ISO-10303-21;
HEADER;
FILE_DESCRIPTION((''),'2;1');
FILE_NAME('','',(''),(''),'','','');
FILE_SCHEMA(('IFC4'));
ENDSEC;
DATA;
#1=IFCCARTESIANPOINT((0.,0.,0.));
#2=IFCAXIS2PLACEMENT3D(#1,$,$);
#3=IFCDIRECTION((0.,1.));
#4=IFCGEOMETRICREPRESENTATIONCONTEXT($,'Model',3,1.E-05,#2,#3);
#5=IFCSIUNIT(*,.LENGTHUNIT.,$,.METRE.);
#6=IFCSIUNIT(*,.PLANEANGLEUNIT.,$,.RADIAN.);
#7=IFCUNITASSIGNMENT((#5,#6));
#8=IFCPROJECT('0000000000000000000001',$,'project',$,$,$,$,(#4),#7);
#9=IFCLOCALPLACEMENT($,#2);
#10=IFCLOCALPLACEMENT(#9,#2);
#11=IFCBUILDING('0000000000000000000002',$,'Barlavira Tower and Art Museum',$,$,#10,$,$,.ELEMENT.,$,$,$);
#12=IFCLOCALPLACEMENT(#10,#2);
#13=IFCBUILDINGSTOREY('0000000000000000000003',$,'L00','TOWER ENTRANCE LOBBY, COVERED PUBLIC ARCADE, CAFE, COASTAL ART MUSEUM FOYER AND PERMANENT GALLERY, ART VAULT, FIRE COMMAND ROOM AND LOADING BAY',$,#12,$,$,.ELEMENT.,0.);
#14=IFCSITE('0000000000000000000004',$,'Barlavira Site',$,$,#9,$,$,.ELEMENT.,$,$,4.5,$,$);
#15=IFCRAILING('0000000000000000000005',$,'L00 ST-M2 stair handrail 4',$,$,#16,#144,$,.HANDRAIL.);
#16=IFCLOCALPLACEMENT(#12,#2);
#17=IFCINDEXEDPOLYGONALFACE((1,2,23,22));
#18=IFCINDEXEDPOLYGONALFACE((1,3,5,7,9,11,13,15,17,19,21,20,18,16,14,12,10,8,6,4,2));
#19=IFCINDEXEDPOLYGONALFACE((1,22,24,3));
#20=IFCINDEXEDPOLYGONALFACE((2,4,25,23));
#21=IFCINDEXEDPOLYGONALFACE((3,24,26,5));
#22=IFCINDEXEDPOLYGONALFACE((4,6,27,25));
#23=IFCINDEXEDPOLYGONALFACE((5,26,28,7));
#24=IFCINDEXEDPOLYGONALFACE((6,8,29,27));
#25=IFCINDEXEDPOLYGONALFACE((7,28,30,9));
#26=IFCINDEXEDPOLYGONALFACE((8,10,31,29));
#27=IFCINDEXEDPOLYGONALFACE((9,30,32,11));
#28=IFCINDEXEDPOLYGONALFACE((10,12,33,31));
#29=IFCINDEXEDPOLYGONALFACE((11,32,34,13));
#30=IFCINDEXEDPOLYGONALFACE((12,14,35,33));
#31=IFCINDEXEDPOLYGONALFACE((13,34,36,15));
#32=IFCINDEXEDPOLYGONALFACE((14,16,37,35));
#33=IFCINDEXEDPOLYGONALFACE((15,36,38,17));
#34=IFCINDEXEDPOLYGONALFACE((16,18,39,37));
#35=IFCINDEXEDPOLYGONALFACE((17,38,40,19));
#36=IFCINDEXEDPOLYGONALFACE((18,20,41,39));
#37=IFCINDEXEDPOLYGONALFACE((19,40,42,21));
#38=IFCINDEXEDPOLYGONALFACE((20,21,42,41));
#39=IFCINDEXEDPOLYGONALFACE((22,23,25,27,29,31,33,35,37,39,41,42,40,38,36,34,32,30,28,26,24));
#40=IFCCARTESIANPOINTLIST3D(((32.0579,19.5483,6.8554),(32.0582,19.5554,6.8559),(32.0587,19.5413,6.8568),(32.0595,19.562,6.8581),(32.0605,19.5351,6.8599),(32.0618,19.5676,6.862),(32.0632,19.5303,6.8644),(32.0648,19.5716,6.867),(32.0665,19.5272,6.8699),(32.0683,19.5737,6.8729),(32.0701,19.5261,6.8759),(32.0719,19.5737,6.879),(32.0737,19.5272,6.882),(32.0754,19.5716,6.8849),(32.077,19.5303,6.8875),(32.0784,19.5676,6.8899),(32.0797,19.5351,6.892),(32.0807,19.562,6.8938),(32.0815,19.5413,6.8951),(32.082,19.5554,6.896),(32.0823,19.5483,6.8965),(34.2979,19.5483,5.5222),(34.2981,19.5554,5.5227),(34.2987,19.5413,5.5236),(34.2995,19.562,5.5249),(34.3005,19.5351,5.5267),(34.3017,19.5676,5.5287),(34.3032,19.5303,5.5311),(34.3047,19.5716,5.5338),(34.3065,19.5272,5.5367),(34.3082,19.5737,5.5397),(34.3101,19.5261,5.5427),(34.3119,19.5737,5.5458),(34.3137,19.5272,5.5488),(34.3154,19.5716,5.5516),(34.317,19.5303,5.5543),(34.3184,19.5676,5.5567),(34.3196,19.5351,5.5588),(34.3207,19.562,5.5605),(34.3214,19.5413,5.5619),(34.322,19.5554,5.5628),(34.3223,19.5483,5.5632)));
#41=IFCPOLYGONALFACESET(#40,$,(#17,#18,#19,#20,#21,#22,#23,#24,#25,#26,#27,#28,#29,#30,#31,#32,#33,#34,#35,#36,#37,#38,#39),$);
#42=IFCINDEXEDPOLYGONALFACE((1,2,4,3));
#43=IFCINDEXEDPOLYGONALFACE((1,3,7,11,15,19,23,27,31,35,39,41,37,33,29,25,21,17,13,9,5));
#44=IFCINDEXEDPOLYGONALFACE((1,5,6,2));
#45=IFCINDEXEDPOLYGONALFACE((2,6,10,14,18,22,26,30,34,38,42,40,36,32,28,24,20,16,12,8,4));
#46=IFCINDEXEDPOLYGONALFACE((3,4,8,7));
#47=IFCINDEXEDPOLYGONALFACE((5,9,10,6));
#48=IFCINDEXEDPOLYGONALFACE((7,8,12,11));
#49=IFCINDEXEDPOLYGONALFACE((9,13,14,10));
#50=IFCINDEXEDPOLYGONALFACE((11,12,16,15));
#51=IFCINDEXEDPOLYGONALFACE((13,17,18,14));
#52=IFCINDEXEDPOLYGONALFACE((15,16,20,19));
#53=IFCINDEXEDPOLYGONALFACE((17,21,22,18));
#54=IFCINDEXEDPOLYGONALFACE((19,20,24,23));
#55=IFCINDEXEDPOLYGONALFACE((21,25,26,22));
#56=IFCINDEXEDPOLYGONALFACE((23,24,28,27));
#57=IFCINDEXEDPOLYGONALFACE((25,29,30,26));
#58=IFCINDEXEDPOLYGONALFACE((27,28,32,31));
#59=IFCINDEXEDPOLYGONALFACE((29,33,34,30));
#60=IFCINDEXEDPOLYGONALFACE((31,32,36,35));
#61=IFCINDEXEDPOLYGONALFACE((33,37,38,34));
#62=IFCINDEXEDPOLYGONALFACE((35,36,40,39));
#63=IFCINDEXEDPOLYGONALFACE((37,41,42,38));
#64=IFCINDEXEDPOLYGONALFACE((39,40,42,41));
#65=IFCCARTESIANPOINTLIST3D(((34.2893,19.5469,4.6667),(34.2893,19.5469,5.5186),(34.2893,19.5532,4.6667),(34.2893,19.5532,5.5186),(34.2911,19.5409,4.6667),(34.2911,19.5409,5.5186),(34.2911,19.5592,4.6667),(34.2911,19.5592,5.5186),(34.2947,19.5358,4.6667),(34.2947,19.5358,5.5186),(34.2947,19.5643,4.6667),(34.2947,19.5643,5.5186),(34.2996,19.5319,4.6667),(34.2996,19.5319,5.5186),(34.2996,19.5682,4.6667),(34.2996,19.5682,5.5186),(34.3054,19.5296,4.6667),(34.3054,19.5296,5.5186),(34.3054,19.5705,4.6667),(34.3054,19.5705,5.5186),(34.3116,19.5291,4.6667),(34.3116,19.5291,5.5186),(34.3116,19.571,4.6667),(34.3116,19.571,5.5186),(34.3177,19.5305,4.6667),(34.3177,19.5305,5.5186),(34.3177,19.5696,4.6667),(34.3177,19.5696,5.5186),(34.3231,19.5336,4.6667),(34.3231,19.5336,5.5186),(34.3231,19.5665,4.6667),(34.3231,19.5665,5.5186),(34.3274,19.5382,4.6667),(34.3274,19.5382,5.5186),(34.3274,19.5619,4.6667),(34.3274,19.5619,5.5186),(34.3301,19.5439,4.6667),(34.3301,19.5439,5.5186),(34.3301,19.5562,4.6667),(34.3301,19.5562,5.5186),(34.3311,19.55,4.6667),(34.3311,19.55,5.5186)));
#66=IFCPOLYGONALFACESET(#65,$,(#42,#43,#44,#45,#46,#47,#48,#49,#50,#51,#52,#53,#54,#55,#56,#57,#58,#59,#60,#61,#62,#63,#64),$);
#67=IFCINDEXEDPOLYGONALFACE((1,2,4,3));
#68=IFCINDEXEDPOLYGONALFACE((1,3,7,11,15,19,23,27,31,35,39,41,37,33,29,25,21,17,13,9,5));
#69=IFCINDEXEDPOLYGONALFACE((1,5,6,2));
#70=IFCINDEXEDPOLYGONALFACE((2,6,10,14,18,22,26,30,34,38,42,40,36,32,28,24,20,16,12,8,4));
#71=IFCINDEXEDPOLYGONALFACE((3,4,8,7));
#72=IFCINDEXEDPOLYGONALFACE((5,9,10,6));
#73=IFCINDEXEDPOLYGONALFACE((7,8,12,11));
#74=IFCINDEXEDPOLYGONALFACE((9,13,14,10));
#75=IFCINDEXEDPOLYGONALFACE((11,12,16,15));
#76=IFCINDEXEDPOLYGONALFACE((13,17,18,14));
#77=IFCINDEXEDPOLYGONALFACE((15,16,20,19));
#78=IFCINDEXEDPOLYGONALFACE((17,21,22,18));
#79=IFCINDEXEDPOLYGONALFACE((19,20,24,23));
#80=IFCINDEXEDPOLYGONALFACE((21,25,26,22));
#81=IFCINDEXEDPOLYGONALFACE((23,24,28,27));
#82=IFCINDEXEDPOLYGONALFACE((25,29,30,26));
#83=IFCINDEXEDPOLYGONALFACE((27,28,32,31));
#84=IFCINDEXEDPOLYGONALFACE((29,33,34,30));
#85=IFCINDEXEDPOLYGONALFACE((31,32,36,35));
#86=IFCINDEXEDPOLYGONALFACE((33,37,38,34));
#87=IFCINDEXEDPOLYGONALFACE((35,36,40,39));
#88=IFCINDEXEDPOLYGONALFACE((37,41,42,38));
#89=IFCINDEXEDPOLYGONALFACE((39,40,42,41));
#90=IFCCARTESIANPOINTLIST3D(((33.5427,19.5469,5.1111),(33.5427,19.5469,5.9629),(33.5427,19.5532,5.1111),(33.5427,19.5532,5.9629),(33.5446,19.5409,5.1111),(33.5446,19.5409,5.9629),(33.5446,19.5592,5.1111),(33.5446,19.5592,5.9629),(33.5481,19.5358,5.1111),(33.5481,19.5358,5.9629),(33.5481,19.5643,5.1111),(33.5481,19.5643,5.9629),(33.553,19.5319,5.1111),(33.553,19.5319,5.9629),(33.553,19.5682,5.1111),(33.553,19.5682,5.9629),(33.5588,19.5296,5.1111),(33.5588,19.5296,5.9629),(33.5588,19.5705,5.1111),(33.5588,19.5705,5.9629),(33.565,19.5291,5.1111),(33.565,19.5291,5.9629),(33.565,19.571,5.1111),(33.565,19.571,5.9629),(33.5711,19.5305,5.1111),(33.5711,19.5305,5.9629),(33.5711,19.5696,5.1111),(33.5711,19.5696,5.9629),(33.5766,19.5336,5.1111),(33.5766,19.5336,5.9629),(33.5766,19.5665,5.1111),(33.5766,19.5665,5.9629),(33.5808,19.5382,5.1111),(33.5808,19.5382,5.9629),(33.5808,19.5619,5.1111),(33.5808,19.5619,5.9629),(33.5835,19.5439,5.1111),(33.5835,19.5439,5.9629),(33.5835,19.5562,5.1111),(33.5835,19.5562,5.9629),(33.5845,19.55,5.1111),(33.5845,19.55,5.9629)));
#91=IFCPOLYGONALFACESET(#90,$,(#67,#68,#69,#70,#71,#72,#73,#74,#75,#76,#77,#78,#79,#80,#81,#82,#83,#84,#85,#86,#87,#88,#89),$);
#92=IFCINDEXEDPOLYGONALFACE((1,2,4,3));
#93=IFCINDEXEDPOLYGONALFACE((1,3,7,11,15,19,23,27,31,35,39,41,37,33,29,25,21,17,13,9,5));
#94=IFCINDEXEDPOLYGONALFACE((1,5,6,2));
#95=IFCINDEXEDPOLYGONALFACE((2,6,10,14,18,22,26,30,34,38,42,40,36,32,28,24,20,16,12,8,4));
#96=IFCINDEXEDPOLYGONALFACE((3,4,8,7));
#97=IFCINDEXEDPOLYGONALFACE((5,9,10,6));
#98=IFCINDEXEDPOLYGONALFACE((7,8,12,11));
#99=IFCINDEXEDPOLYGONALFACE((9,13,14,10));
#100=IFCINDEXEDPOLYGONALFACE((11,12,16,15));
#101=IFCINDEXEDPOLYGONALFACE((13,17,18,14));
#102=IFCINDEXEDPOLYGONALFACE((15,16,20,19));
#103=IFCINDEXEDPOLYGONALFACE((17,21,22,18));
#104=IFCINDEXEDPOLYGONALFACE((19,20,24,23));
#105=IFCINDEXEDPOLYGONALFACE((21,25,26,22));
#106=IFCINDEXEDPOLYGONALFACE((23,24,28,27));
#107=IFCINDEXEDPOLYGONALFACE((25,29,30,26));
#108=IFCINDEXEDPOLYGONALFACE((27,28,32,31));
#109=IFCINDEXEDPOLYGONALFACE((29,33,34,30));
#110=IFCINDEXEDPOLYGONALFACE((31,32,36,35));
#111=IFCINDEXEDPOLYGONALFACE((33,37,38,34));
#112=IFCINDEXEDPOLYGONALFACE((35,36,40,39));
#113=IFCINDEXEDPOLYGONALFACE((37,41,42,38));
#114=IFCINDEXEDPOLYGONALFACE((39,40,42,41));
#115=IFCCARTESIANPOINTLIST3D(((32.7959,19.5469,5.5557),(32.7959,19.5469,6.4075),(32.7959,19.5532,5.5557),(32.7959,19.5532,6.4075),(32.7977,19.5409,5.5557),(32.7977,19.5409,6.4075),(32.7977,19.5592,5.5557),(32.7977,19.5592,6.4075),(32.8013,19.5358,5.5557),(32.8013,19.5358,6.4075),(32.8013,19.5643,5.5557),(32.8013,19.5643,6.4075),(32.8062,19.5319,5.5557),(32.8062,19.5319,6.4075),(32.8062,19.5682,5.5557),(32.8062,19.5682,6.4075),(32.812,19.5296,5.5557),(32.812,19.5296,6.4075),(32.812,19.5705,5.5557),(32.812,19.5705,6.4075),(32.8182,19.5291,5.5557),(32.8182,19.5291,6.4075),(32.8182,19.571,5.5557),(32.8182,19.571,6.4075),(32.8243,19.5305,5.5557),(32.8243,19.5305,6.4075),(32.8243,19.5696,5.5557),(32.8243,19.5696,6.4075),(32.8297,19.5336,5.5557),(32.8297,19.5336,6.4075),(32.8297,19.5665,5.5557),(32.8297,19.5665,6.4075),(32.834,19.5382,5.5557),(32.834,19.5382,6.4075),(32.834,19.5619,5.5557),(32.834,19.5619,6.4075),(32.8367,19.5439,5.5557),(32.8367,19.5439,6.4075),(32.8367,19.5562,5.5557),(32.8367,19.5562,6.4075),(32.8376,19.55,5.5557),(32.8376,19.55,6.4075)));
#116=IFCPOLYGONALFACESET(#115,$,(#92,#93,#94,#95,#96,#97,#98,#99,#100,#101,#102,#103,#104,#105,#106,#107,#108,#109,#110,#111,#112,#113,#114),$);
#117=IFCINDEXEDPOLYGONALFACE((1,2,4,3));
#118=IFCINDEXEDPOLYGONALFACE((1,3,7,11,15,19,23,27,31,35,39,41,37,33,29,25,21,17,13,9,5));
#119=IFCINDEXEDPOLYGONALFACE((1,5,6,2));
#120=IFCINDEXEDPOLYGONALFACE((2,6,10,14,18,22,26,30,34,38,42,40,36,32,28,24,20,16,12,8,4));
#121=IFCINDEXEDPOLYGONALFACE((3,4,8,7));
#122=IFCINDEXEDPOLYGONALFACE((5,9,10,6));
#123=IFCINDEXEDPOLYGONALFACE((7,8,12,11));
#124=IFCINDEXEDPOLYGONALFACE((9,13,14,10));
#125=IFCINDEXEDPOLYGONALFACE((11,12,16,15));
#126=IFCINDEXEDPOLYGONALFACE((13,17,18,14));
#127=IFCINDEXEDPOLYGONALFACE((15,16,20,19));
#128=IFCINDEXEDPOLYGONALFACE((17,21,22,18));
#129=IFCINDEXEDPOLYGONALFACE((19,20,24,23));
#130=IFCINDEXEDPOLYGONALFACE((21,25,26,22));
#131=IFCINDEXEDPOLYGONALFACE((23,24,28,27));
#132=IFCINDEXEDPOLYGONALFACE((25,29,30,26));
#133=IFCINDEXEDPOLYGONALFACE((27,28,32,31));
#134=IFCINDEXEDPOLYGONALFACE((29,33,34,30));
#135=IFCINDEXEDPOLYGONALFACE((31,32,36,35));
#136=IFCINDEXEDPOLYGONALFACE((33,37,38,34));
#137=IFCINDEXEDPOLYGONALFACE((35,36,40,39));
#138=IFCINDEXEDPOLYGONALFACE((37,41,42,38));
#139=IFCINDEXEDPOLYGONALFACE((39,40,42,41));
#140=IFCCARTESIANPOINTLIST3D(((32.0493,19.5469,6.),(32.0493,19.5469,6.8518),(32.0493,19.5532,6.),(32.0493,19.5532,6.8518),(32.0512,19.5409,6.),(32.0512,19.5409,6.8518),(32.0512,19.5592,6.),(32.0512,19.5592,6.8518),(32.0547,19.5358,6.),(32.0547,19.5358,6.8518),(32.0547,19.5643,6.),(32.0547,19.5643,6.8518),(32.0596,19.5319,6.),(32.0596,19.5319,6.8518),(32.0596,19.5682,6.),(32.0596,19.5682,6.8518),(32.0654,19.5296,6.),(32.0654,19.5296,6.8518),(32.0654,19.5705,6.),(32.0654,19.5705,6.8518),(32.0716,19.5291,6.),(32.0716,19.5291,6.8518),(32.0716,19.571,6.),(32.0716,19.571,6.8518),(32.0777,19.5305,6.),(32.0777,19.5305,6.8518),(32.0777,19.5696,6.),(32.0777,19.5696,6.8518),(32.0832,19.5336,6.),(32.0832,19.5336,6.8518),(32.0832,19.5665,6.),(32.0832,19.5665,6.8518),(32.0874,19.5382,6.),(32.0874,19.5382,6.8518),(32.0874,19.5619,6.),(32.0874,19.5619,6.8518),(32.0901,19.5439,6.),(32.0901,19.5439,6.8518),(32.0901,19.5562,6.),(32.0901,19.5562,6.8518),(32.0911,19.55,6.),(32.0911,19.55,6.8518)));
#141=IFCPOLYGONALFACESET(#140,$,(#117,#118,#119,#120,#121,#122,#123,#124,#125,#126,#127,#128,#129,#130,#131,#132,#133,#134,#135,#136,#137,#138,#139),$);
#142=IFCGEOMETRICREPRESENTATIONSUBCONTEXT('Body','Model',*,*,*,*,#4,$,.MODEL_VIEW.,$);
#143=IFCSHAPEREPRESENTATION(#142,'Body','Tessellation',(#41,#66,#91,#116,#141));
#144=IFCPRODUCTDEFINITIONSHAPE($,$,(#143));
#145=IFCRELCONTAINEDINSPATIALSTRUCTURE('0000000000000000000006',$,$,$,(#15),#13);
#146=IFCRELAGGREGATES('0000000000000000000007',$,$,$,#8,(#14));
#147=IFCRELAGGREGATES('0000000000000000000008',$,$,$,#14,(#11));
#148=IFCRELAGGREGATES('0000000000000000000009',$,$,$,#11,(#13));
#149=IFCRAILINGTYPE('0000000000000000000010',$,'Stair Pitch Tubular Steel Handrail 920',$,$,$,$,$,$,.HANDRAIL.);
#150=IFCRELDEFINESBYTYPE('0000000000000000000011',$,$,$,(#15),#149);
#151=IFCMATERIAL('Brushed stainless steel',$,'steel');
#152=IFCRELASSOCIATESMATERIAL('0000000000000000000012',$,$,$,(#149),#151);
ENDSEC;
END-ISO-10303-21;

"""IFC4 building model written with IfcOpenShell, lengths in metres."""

from ifc_helpers import new_model, si_unit, direction, frame, origin, origin_2d, place, context, subcontext, project, spatial, circle, extrude, material, type_object, element, save


model = new_model("IFC4")

# Units and contexts
model_context = context("Model", 3, precision=1e-05, world=origin(), true_north=direction((0.0, 1.0)))
body_context = subcontext(model_context, "Body", "Model", "MODEL_VIEW")
ifc_project = project(units=[si_unit("LENGTHUNIT", "METRE"), si_unit("PLANEANGLEUNIT", "RADIAN")], contexts=[model_context])

# Site, building, storey
site_placement = place(None, origin())
site = spatial("IfcSite", under=ifc_project, at=site_placement, Name="Barlavira Site", CompositionType="ELEMENT", RefElevation=4.5)
building_placement = place(site_placement, origin())
building = spatial("IfcBuilding", under=site, at=building_placement, Name="Barlavira Tower and Art Museum", CompositionType="ELEMENT")
storey_placement = place(building_placement, origin())
storey = spatial("IfcBuildingStorey", under=building, at=storey_placement, Name="L00", Description="TOWER ENTRANCE LOBBY, COVERED PUBLIC ARCADE, CAFE, COASTAL ART MUSEUM FOYER AND PERMANENT GALLERY, ART VAULT, FIRE COMMAND ROOM AND LOADING BAY", CompositionType="ELEMENT", Elevation=0.0)

# Shared definitions
ifc_material_1 = material(Name="Brushed stainless steel", Category="steel")

# Railing
railing_type_1 = type_object("IfcRailingType", Name="Stair Pitch Tubular Steel Handrail 920", PredefinedType="HANDRAIL", material=ifc_material_1)
for number, where, name in (
    (1, (34.3101, 19.55, 4.6667), "L00 ST-M2 stair handrail 4"),
):
    element("IfcRailing", number, at=place(storey_placement, frame(where)), inside=storey, type_object=railing_type_1, Name=name, PredefinedType="HANDRAIL", context=body_context, shape_type="SweptSolid", body=[
        extrude(circle(Radius=0.0239, at=origin_2d()), frame((0.0, 0.0, 0.876), z_axis=(-0.859306, 0.0, 0.511462), x_axis=(0.0, -1.0, 0.0)), (0.0, 0.0, 1.0), 2.6067),
        extrude(circle(Radius=0.021, at=origin_2d()), origin(), (0.0, 0.0, 1.0), 0.8518),
        extrude(circle(Radius=0.021, at=origin_2d()), frame((-0.7466, 0.0, 0.4443)), (0.0, 0.0, 1.0), 0.8518),
        extrude(circle(Radius=0.021, at=origin_2d()), frame((-1.4934, 0.0, 0.8889)), (0.0, 0.0, 1.0), 0.8518),
        extrude(circle(Radius=0.021, at=origin_2d()), frame((-2.24, 0.0, 1.3333)), (0.0, 0.0, 1.0), 0.8518),
    ])

save(model, "model.ifc")
